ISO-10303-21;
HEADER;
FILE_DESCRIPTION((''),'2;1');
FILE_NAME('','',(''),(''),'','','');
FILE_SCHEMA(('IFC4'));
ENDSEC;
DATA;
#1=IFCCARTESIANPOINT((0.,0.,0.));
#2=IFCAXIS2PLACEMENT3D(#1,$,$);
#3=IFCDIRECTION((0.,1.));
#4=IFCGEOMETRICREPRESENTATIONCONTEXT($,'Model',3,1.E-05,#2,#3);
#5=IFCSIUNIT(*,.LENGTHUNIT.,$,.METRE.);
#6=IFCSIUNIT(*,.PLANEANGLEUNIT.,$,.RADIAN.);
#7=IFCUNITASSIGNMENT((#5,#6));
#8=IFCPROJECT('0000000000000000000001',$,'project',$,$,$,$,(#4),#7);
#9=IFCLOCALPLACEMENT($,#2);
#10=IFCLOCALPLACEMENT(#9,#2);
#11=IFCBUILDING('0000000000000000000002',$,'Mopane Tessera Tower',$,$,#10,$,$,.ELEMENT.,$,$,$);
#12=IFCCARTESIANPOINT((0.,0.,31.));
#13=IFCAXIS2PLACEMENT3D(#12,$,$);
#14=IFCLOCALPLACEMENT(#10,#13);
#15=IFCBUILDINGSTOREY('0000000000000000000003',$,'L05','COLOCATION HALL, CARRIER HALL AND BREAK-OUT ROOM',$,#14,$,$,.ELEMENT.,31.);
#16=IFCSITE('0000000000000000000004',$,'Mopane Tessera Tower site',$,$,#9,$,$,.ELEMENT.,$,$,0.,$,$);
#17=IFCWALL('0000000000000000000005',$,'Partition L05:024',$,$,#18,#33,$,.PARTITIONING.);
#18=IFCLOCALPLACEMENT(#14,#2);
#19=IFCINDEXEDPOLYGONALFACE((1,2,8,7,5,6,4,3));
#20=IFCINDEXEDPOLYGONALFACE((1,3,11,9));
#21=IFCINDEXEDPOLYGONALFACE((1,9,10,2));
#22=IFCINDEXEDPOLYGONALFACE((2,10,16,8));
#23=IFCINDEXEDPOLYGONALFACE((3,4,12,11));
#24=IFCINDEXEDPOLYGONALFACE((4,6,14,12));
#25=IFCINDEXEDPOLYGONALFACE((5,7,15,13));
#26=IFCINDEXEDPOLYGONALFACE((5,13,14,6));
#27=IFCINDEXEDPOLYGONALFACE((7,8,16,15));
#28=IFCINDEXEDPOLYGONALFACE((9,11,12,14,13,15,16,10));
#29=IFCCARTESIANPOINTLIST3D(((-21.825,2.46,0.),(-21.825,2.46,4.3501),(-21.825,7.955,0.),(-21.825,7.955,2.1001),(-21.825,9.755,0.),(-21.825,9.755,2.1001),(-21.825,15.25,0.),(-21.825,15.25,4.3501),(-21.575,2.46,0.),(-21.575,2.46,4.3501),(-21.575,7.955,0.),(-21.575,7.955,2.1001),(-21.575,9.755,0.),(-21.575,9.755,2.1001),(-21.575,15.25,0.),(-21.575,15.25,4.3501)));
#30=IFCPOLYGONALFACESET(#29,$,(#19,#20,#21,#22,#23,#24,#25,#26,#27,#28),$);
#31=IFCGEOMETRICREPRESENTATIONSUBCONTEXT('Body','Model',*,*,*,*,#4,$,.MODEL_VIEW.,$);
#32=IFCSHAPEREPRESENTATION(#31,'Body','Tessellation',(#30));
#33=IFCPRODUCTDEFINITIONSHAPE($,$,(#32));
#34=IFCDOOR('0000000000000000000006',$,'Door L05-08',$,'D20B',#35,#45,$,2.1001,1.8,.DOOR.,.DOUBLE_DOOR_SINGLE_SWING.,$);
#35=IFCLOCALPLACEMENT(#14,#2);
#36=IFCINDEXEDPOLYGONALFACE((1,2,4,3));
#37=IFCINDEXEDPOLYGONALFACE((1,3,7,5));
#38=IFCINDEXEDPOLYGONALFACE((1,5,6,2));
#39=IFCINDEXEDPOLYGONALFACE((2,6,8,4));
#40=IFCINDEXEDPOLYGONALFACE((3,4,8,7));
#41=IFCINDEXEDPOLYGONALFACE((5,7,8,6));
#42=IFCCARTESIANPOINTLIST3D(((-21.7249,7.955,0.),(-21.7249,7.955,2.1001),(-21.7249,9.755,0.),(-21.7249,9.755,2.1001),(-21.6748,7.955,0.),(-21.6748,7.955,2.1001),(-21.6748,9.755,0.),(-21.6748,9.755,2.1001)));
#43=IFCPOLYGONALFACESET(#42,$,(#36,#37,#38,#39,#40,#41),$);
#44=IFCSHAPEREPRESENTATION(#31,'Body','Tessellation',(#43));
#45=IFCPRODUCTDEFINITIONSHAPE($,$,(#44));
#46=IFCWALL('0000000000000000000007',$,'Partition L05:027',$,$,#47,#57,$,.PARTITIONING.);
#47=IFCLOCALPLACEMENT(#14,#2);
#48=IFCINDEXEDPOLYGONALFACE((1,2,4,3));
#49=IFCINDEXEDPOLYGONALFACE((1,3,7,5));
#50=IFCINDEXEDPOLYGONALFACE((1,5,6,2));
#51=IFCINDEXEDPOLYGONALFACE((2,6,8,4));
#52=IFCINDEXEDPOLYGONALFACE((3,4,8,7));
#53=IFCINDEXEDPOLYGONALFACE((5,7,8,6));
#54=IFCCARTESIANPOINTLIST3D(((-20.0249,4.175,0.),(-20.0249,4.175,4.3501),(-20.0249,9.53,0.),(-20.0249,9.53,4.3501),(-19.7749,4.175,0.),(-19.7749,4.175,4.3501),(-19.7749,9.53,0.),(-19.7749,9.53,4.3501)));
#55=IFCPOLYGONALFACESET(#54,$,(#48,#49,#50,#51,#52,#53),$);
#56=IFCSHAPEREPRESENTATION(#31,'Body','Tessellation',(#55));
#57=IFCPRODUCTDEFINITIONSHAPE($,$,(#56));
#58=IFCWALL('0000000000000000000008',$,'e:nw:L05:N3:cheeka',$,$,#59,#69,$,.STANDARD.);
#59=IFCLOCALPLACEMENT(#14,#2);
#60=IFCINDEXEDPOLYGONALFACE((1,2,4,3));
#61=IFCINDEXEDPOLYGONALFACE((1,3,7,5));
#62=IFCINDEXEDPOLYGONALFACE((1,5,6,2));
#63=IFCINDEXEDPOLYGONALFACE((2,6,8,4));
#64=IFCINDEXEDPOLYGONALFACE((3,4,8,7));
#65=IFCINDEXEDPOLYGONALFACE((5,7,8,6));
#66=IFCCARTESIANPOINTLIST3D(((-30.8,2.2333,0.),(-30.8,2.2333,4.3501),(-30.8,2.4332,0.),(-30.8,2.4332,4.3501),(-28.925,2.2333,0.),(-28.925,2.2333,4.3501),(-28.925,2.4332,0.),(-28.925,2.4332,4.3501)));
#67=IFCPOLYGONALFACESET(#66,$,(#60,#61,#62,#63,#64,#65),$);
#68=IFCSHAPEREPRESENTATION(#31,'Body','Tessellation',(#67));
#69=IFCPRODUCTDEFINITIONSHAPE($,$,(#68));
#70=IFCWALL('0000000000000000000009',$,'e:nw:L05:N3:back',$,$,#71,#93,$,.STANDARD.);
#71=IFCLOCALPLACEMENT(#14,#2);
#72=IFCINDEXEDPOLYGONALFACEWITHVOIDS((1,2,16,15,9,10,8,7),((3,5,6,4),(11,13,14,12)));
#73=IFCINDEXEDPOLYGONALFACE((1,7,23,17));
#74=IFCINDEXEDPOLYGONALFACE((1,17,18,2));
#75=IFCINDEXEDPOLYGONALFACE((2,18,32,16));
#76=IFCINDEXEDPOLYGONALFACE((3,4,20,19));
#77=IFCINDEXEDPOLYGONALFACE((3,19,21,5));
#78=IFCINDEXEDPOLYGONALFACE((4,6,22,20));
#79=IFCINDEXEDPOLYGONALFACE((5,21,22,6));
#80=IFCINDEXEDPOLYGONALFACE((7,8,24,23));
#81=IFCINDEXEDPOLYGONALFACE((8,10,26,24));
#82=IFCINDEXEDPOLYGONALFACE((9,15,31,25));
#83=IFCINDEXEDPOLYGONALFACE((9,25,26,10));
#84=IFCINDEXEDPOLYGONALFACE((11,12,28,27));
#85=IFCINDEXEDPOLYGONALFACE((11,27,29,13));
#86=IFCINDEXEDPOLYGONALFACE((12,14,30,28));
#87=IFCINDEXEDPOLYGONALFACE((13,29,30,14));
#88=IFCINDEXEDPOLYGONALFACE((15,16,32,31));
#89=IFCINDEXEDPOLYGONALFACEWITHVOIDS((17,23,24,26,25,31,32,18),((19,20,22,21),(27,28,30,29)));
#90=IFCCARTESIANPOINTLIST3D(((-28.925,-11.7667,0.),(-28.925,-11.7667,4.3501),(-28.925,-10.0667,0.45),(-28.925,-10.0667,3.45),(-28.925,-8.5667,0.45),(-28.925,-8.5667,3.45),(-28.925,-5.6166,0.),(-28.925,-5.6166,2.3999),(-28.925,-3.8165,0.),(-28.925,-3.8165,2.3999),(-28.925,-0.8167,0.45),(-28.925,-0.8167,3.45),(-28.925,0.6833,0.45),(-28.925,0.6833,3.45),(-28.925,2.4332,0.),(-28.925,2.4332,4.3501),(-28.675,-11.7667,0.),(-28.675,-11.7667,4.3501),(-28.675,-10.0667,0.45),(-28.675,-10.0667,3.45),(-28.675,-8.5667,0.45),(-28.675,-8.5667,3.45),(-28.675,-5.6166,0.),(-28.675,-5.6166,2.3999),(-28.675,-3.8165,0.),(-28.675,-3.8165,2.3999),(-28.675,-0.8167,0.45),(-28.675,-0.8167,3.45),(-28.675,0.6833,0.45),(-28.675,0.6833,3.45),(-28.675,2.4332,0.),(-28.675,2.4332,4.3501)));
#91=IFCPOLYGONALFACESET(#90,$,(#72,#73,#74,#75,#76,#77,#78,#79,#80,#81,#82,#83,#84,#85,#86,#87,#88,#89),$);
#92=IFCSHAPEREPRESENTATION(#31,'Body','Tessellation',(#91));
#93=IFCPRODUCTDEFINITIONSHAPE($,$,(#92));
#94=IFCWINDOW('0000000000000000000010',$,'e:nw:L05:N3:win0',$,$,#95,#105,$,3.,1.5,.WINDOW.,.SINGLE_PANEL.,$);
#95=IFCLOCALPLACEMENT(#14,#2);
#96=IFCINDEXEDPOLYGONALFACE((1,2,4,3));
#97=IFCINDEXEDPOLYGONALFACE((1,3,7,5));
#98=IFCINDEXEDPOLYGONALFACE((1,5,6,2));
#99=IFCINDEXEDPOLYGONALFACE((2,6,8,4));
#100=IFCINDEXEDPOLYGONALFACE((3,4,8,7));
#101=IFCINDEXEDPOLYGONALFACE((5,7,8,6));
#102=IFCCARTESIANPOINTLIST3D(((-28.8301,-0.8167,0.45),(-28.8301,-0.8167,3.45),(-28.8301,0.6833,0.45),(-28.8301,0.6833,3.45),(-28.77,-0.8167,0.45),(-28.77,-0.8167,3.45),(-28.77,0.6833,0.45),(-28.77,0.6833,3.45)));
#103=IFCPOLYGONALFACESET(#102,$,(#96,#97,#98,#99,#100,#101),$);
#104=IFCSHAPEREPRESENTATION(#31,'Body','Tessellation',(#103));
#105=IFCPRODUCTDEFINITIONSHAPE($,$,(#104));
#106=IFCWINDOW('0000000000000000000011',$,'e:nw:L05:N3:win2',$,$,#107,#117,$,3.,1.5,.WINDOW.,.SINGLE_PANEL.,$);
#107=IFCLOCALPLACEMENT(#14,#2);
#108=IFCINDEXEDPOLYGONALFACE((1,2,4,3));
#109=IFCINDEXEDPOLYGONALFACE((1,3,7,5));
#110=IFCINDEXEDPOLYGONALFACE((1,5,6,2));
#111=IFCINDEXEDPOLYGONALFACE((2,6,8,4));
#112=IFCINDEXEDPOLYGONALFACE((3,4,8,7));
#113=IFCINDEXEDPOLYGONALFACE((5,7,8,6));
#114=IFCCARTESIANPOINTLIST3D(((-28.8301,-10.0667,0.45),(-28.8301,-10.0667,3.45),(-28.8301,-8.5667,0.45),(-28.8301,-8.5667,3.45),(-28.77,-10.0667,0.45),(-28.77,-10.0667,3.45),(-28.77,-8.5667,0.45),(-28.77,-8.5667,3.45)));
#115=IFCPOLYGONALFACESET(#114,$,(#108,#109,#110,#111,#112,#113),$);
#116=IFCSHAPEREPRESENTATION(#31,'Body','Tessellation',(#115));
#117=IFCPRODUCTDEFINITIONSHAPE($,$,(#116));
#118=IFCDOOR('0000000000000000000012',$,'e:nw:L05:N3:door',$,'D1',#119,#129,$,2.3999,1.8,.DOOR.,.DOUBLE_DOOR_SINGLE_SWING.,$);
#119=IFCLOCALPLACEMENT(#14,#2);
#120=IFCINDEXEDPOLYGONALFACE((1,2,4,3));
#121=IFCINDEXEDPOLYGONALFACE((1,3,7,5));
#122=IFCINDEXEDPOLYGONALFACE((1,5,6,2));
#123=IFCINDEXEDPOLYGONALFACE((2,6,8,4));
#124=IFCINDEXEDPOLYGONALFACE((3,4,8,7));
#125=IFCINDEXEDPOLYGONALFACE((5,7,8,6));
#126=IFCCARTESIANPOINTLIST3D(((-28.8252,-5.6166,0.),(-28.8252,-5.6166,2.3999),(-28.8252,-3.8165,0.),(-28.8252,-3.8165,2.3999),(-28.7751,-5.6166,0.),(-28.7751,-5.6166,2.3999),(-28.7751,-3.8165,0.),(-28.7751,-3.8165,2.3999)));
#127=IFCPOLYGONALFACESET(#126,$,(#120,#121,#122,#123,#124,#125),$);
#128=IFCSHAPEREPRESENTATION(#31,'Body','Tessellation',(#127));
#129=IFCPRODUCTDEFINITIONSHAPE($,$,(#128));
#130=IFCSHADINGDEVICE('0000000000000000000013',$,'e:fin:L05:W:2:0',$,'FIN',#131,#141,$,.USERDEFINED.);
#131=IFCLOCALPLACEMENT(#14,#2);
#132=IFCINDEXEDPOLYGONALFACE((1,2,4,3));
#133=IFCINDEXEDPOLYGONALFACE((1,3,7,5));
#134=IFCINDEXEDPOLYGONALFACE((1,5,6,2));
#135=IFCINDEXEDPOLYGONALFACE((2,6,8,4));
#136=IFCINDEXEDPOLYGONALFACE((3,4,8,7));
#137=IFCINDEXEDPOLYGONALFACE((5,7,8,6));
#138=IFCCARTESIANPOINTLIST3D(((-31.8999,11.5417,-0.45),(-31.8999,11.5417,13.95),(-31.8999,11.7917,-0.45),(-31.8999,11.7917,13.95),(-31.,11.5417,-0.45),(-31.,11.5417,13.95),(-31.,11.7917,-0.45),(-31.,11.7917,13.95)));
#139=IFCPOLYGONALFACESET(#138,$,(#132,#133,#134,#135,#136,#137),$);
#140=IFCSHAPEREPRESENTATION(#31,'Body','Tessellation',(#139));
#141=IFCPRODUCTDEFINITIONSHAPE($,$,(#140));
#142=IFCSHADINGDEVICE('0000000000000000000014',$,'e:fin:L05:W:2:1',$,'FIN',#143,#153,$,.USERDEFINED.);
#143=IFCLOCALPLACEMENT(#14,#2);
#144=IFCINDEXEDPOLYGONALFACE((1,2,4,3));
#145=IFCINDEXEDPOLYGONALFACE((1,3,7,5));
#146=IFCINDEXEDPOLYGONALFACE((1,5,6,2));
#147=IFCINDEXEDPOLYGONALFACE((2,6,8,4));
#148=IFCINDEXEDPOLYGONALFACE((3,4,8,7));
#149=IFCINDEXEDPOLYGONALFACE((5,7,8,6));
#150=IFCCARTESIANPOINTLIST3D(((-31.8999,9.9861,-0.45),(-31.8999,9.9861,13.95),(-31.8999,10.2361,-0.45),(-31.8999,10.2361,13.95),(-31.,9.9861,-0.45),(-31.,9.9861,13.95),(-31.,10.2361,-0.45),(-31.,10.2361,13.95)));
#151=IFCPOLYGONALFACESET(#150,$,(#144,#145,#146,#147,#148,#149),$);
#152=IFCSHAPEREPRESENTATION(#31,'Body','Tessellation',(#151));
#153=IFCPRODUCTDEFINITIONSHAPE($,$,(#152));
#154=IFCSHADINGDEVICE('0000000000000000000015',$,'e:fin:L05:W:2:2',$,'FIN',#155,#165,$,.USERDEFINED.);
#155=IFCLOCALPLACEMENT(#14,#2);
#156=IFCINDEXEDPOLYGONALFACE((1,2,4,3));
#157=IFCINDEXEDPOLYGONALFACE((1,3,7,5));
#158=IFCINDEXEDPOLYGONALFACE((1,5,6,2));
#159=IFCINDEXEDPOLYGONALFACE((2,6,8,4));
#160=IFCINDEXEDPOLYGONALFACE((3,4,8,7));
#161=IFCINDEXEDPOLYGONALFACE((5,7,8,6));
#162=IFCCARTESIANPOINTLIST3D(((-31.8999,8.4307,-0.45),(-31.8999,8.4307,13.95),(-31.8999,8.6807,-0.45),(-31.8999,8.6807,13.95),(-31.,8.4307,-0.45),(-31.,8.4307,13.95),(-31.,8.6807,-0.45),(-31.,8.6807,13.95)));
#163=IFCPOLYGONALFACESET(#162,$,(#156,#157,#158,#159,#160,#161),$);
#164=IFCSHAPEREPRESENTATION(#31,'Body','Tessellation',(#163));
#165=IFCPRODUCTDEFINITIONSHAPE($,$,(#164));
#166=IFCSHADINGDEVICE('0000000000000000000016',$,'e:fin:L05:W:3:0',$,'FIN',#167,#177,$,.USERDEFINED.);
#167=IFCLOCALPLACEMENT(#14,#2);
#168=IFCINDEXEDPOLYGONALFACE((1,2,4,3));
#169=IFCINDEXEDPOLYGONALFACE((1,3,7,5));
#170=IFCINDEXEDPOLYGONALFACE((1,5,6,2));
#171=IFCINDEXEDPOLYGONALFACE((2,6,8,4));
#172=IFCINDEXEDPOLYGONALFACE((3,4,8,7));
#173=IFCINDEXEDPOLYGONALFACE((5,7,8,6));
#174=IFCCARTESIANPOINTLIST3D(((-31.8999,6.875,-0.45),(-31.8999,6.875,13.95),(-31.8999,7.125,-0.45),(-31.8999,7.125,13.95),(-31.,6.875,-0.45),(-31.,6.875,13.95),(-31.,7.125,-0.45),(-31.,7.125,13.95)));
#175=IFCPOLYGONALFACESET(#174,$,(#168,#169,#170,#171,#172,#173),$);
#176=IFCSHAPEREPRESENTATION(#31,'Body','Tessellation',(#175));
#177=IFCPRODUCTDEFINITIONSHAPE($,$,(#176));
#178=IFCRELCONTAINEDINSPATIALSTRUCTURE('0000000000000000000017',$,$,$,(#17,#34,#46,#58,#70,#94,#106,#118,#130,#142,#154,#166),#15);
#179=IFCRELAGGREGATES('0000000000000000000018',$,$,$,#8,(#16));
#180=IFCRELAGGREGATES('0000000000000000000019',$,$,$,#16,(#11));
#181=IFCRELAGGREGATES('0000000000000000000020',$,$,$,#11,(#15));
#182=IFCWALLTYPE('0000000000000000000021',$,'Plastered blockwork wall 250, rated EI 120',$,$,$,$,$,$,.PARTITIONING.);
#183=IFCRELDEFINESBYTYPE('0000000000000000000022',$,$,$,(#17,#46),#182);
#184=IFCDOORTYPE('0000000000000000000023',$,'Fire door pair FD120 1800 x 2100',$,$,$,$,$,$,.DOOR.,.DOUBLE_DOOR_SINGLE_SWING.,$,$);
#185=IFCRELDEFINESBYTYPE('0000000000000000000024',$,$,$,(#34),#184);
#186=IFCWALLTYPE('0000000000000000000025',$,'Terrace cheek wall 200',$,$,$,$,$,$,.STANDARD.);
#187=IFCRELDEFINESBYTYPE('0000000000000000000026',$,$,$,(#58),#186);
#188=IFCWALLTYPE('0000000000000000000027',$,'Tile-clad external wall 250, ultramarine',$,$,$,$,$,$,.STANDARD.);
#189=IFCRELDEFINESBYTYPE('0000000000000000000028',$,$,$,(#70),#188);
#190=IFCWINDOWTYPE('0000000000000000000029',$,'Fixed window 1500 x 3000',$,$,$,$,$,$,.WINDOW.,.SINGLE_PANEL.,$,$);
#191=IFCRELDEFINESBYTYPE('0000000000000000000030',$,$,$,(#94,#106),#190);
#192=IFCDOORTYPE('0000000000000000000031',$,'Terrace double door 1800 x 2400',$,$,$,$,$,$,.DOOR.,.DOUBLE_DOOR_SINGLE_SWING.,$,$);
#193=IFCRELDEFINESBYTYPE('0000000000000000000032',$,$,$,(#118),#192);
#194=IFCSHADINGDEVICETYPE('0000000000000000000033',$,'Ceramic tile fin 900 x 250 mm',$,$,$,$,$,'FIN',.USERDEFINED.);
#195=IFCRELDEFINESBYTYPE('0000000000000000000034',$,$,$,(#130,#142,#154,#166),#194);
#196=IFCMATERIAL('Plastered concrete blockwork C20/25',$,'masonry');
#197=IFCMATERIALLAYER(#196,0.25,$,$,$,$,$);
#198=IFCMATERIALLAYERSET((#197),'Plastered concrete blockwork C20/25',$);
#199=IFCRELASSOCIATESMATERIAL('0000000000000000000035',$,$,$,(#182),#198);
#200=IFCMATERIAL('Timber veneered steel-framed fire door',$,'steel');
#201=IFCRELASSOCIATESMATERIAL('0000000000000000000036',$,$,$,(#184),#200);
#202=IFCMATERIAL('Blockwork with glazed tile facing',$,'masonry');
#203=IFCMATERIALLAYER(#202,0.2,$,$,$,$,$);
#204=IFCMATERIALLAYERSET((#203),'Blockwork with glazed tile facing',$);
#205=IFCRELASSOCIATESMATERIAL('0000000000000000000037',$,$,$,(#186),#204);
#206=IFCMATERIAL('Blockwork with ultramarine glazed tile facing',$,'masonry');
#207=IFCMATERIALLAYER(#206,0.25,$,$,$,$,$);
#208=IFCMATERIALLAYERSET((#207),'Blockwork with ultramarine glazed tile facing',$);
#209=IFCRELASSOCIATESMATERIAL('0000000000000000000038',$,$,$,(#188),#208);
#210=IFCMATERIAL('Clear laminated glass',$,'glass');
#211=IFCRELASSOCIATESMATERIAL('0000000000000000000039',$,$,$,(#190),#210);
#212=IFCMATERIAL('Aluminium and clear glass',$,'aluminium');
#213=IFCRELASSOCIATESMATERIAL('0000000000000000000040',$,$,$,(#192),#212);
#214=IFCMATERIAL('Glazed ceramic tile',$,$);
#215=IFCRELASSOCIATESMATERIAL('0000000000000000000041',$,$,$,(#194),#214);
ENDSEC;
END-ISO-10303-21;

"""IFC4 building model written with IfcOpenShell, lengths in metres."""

from ifc_helpers import new_model, si_unit, direction, frame, frame_2d, origin, origin_2d, place, context, subcontext, project, spatial, rectangle, extrude, material, layer, layer_set, type_object, element, fill, save


model = new_model("IFC4")

# Units and contexts
model_context = context("Model", 3, precision=1e-05, world=origin(), true_north=direction((0.0, 1.0)))
body_context = subcontext(model_context, "Body", "Model", "MODEL_VIEW")
ifc_project = project(units=[si_unit("LENGTHUNIT", "METRE"), si_unit("PLANEANGLEUNIT", "RADIAN")], contexts=[model_context])

# Site, building, storey
site_placement = place(None, origin())
site = spatial("IfcSite", under=ifc_project, at=site_placement, Name="Mopane Tessera Tower site", CompositionType="ELEMENT", RefElevation=0.0)
building_placement = place(site_placement, origin())
building = spatial("IfcBuilding", under=site, at=building_placement, Name="Mopane Tessera Tower", CompositionType="ELEMENT")
storey_placement = place(building_placement, frame((0.0, 0.0, 31.0)))
storey = spatial("IfcBuildingStorey", under=building, at=storey_placement, Name="L05", Description="COLOCATION HALL, CARRIER HALL AND BREAK-OUT ROOM", CompositionType="ELEMENT", Elevation=31.0)

# Shared definitions
ifc_material_1 = material(Name="Plastered concrete blockwork C20/25", Category="masonry")
ifc_layer_1 = layer(ifc_material_1, 0.25)
ifc_layer_set_1 = layer_set([ifc_layer_1], Name="Plastered concrete blockwork C20/25")
wall_type_1 = type_object("IfcWallType", Name="Plastered blockwork wall 250, rated EI 120", PredefinedType="PARTITIONING", material=ifc_layer_set_1)

# Wall, opening, door
wall_1_placement = place(storey_placement, frame((-21.7, 2.46, 0.0), z_axis=(0.0, 0.0, 1.0), x_axis=(0.0, 1.0, 0.0)))
wall_1 = element("IfcWall", 1, at=wall_1_placement, inside=storey, type_object=wall_type_1, Name="Partition L05:024", PredefinedType="PARTITIONING", context=body_context, shape_type="SweptSolid", body=[
    extrude(rectangle(XDim=12.79, YDim=0.25, at=frame_2d((6.395, 0.0))), origin(), (0.0, 0.0, 1.0), 4.3501),
])
opening_1_placement = place(wall_1_placement, frame((5.4951, 0.0, 0.0)))
opening_1 = element("IfcOpeningElement", 2, at=opening_1_placement, cuts=wall_1, PredefinedType="OPENING", context=body_context, shape_type="SweptSolid", body=[
    extrude(rectangle(XDim=1.8, YDim=2.1001, at=frame_2d((0.8999, 1.05))), frame((0.0, 0.137, 0.0), z_axis=(0.0, -1.0, 0.0), x_axis=(1.0, 0.0, 0.0)), (0.0, 0.0, 1.0), 0.2739),
])
ifc_material_2 = material(Name="Timber veneered steel-framed fire door", Category="steel")
door_type_1 = type_object("IfcDoorType", Name="Fire door pair FD120 1800 x 2100", OperationType="DOUBLE_DOOR_SINGLE_SWING", PredefinedType="DOOR", material=ifc_material_2)
door_1_placement = place(opening_1_placement, origin())
door_1 = element("IfcDoor", 3, at=door_1_placement, inside=storey, type_object=door_type_1, Name="Door L05-08", ObjectType="D20B", OperationType="DOUBLE_DOOR_SINGLE_SWING", OverallHeight=2.1001, OverallWidth=1.8, PredefinedType="DOOR", context=body_context, shape_type="SweptSolid", body=[
    extrude(rectangle(XDim=1.8, YDim=2.1001, at=frame_2d((0.8999, 1.05))), frame((0.0, 0.0249, 0.0), z_axis=(0.0, -1.0, 0.0), x_axis=(1.0, 0.0, 0.0)), (0.0, 0.0, 1.0), 0.05),
])
fill(opening_1, door_1)

# Walls
wall_2_placement = place(storey_placement, frame((-19.8999, 4.175, 0.0), z_axis=(0.0, 0.0, 1.0), x_axis=(0.0, 1.0, 0.0)))
element("IfcWall", 4, at=wall_2_placement, inside=storey, type_object=wall_type_1, Name="Partition L05:027", PredefinedType="PARTITIONING", context=body_context, shape_type="SweptSolid", body=[
    extrude(rectangle(XDim=5.355, YDim=0.25, at=frame_2d((2.6775, 0.0))), origin(), (0.0, 0.0, 1.0), 4.3501),
])
ifc_material_3 = material(Name="Blockwork with glazed tile facing", Category="masonry")
ifc_layer_2 = layer(ifc_material_3, 0.2)
ifc_layer_set_2 = layer_set([ifc_layer_2], Name="Blockwork with glazed tile facing")
wall_type_2 = type_object("IfcWallType", Name="Terrace cheek wall 200", PredefinedType="STANDARD", material=ifc_layer_set_2)
wall_3_placement = place(storey_placement, frame((-30.8, 2.3333, 0.0), z_axis=(0.0, 0.0, 1.0), x_axis=(1.0, 0.0, 0.0)))
element("IfcWall", 5, at=wall_3_placement, inside=storey, type_object=wall_type_2, Name="e:nw:L05:N3:cheeka", PredefinedType="STANDARD", context=body_context, shape_type="SweptSolid", body=[
    extrude(rectangle(XDim=1.875, YDim=0.2, at=frame_2d((0.9375, 0.0))), origin(), (0.0, 0.0, 1.0), 4.3501),
])

# Wall, openings, windows, door
ifc_material_4 = material(Name="Blockwork with ultramarine glazed tile facing", Category="masonry")
ifc_layer_3 = layer(ifc_material_4, 0.25)
ifc_layer_set_3 = layer_set([ifc_layer_3], Name="Blockwork with ultramarine glazed tile facing")
wall_type_3 = type_object("IfcWallType", Name="Tile-clad external wall 250, ultramarine", PredefinedType="STANDARD", material=ifc_layer_set_3)
wall_4_placement = place(storey_placement, frame((-28.8, 2.4333, 0.0), z_axis=(0.0, 0.0, 1.0), x_axis=(0.0, -1.0, 0.0)))
wall_4 = element("IfcWall", 6, at=wall_4_placement, inside=storey, type_object=wall_type_3, Name="e:nw:L05:N3:back", PredefinedType="STANDARD", context=body_context, shape_type="SweptSolid", body=[
    extrude(rectangle(XDim=14.2, YDim=0.25, at=frame_2d((7.1001, 0.0))), origin(), (0.0, 0.0, 1.0), 4.3501),
])
opening_2_placement = place(wall_4_placement, frame((1.75, 0.0, 0.45)))
opening_2 = element("IfcOpeningElement", 7, at=opening_2_placement, cuts=wall_4, PredefinedType="OPENING", context=body_context, shape_type="SweptSolid", body=[
    extrude(rectangle(XDim=1.5, YDim=3.0, at=frame_2d((0.75, 1.5))), frame((0.0, 0.137, 0.0), z_axis=(0.0, -1.0, 0.0), x_axis=(1.0, 0.0, 0.0)), (0.0, 0.0, 1.0), 0.2739),
])
opening_3_placement = place(wall_4_placement, frame((6.25, 0.0, 0.0)))
opening_3 = element("IfcOpeningElement", 8, at=opening_3_placement, cuts=wall_4, PredefinedType="OPENING", context=body_context, shape_type="SweptSolid", body=[
    extrude(rectangle(XDim=1.8, YDim=2.3999, at=frame_2d((0.8999, 1.2))), frame((0.0, 0.137, 0.0), z_axis=(0.0, -1.0, 0.0), x_axis=(1.0, 0.0, 0.0)), (0.0, 0.0, 1.0), 0.2739),
])
opening_4_placement = place(wall_4_placement, frame((11.0, 0.0, 0.45)))
opening_4 = element("IfcOpeningElement", 9, at=opening_4_placement, cuts=wall_4, PredefinedType="OPENING", context=body_context, shape_type="SweptSolid", body=[
    extrude(rectangle(XDim=1.5, YDim=3.0, at=frame_2d((0.75, 1.5))), frame((0.0, 0.137, 0.0), z_axis=(0.0, -1.0, 0.0), x_axis=(1.0, 0.0, 0.0)), (0.0, 0.0, 1.0), 0.2739),
])
ifc_material_5 = material(Name="Clear laminated glass", Category="glass")
window_type = type_object("IfcWindowType", Name="Fixed window 1500 x 3000", PartitioningType="SINGLE_PANEL", PredefinedType="WINDOW", material=ifc_material_5)
window_1_placement = place(opening_2_placement, origin())
window_1 = element("IfcWindow", 10, at=window_1_placement, inside=storey, type_object=window_type, Name="e:nw:L05:N3:win0", OverallHeight=3.0, OverallWidth=1.5, PartitioningType="SINGLE_PANEL", PredefinedType="WINDOW", context=body_context, shape_type="SweptSolid", body=[
    extrude(rectangle(XDim=1.5, YDim=3.0, at=frame_2d((0.75, 1.5))), frame((0.0, 0.03, 0.0), z_axis=(0.0, -1.0, 0.0), x_axis=(1.0, 0.0, 0.0)), (0.0, 0.0, 1.0), 0.0601),
])
fill(opening_2, window_1)
window_2_placement = place(opening_4_placement, origin())
window_2 = element("IfcWindow", 11, at=window_2_placement, inside=storey, type_object=window_type, Name="e:nw:L05:N3:win2", OverallHeight=3.0, OverallWidth=1.5, PartitioningType="SINGLE_PANEL", PredefinedType="WINDOW", context=body_context, shape_type="SweptSolid", body=[
    extrude(rectangle(XDim=1.5, YDim=3.0, at=frame_2d((0.75, 1.5))), frame((0.0, 0.03, 0.0), z_axis=(0.0, -1.0, 0.0), x_axis=(1.0, 0.0, 0.0)), (0.0, 0.0, 1.0), 0.0601),
])
fill(opening_4, window_2)
ifc_material_6 = material(Name="Aluminium and clear glass", Category="aluminium")
door_type_2 = type_object("IfcDoorType", Name="Terrace double door 1800 x 2400", OperationType="DOUBLE_DOOR_SINGLE_SWING", PredefinedType="DOOR", material=ifc_material_6)
door_2_placement = place(opening_3_placement, origin())
door_2 = element("IfcDoor", 12, at=door_2_placement, inside=storey, type_object=door_type_2, Name="e:nw:L05:N3:door", ObjectType="D1", OperationType="DOUBLE_DOOR_SINGLE_SWING", OverallHeight=2.3999, OverallWidth=1.8, PredefinedType="DOOR", context=body_context, shape_type="SweptSolid", body=[
    extrude(rectangle(XDim=1.8, YDim=2.3999, at=frame_2d((0.8999, 1.2))), frame((0.0, 0.0249, 0.0), z_axis=(0.0, -1.0, 0.0), x_axis=(1.0, 0.0, 0.0)), (0.0, 0.0, 1.0), 0.05),
])
fill(opening_3, door_2)

# Shading devices
ifc_material_7 = material(Name="Glazed ceramic tile")
shading_device_type = type_object("IfcShadingDeviceType", Name="Ceramic tile fin 900 x 250 mm", ElementType="FIN", PredefinedType="USERDEFINED", material=ifc_material_7)
for number, where, z_axis, x_axis, name in (
    (13, (-31.45, 11.6667, -0.45), (0.0, 0.0, 1.0), (0.0, -1.0, 0.0), "e:fin:L05:W:2:0"),
    (14, (-31.45, 10.1111, -0.45), (0.0, 0.0, 1.0), (0.0, -1.0, 0.0), "e:fin:L05:W:2:1"),
    (15, (-31.45, 8.5557, -0.45), (0.0, 0.0, 1.0), (0.0, -1.0, 0.0), "e:fin:L05:W:2:2"),
    (16, (-31.45, 7.0, -0.45), (0.0, 0.0, 1.0), (0.0, -1.0, 0.0), "e:fin:L05:W:3:0"),
):
    element("IfcShadingDevice", number, at=place(storey_placement, frame(where, z_axis=z_axis, x_axis=x_axis)), inside=storey, type_object=shading_device_type, Name=name, ObjectType="FIN", PredefinedType="USERDEFINED", context=body_context, shape_type="SweptSolid", body=[
        extrude(rectangle(XDim=0.25, YDim=0.8999, at=origin_2d()), origin(), (0.0, 0.0, 1.0), 14.3999),
    ])

save(model, "model.ifc")
